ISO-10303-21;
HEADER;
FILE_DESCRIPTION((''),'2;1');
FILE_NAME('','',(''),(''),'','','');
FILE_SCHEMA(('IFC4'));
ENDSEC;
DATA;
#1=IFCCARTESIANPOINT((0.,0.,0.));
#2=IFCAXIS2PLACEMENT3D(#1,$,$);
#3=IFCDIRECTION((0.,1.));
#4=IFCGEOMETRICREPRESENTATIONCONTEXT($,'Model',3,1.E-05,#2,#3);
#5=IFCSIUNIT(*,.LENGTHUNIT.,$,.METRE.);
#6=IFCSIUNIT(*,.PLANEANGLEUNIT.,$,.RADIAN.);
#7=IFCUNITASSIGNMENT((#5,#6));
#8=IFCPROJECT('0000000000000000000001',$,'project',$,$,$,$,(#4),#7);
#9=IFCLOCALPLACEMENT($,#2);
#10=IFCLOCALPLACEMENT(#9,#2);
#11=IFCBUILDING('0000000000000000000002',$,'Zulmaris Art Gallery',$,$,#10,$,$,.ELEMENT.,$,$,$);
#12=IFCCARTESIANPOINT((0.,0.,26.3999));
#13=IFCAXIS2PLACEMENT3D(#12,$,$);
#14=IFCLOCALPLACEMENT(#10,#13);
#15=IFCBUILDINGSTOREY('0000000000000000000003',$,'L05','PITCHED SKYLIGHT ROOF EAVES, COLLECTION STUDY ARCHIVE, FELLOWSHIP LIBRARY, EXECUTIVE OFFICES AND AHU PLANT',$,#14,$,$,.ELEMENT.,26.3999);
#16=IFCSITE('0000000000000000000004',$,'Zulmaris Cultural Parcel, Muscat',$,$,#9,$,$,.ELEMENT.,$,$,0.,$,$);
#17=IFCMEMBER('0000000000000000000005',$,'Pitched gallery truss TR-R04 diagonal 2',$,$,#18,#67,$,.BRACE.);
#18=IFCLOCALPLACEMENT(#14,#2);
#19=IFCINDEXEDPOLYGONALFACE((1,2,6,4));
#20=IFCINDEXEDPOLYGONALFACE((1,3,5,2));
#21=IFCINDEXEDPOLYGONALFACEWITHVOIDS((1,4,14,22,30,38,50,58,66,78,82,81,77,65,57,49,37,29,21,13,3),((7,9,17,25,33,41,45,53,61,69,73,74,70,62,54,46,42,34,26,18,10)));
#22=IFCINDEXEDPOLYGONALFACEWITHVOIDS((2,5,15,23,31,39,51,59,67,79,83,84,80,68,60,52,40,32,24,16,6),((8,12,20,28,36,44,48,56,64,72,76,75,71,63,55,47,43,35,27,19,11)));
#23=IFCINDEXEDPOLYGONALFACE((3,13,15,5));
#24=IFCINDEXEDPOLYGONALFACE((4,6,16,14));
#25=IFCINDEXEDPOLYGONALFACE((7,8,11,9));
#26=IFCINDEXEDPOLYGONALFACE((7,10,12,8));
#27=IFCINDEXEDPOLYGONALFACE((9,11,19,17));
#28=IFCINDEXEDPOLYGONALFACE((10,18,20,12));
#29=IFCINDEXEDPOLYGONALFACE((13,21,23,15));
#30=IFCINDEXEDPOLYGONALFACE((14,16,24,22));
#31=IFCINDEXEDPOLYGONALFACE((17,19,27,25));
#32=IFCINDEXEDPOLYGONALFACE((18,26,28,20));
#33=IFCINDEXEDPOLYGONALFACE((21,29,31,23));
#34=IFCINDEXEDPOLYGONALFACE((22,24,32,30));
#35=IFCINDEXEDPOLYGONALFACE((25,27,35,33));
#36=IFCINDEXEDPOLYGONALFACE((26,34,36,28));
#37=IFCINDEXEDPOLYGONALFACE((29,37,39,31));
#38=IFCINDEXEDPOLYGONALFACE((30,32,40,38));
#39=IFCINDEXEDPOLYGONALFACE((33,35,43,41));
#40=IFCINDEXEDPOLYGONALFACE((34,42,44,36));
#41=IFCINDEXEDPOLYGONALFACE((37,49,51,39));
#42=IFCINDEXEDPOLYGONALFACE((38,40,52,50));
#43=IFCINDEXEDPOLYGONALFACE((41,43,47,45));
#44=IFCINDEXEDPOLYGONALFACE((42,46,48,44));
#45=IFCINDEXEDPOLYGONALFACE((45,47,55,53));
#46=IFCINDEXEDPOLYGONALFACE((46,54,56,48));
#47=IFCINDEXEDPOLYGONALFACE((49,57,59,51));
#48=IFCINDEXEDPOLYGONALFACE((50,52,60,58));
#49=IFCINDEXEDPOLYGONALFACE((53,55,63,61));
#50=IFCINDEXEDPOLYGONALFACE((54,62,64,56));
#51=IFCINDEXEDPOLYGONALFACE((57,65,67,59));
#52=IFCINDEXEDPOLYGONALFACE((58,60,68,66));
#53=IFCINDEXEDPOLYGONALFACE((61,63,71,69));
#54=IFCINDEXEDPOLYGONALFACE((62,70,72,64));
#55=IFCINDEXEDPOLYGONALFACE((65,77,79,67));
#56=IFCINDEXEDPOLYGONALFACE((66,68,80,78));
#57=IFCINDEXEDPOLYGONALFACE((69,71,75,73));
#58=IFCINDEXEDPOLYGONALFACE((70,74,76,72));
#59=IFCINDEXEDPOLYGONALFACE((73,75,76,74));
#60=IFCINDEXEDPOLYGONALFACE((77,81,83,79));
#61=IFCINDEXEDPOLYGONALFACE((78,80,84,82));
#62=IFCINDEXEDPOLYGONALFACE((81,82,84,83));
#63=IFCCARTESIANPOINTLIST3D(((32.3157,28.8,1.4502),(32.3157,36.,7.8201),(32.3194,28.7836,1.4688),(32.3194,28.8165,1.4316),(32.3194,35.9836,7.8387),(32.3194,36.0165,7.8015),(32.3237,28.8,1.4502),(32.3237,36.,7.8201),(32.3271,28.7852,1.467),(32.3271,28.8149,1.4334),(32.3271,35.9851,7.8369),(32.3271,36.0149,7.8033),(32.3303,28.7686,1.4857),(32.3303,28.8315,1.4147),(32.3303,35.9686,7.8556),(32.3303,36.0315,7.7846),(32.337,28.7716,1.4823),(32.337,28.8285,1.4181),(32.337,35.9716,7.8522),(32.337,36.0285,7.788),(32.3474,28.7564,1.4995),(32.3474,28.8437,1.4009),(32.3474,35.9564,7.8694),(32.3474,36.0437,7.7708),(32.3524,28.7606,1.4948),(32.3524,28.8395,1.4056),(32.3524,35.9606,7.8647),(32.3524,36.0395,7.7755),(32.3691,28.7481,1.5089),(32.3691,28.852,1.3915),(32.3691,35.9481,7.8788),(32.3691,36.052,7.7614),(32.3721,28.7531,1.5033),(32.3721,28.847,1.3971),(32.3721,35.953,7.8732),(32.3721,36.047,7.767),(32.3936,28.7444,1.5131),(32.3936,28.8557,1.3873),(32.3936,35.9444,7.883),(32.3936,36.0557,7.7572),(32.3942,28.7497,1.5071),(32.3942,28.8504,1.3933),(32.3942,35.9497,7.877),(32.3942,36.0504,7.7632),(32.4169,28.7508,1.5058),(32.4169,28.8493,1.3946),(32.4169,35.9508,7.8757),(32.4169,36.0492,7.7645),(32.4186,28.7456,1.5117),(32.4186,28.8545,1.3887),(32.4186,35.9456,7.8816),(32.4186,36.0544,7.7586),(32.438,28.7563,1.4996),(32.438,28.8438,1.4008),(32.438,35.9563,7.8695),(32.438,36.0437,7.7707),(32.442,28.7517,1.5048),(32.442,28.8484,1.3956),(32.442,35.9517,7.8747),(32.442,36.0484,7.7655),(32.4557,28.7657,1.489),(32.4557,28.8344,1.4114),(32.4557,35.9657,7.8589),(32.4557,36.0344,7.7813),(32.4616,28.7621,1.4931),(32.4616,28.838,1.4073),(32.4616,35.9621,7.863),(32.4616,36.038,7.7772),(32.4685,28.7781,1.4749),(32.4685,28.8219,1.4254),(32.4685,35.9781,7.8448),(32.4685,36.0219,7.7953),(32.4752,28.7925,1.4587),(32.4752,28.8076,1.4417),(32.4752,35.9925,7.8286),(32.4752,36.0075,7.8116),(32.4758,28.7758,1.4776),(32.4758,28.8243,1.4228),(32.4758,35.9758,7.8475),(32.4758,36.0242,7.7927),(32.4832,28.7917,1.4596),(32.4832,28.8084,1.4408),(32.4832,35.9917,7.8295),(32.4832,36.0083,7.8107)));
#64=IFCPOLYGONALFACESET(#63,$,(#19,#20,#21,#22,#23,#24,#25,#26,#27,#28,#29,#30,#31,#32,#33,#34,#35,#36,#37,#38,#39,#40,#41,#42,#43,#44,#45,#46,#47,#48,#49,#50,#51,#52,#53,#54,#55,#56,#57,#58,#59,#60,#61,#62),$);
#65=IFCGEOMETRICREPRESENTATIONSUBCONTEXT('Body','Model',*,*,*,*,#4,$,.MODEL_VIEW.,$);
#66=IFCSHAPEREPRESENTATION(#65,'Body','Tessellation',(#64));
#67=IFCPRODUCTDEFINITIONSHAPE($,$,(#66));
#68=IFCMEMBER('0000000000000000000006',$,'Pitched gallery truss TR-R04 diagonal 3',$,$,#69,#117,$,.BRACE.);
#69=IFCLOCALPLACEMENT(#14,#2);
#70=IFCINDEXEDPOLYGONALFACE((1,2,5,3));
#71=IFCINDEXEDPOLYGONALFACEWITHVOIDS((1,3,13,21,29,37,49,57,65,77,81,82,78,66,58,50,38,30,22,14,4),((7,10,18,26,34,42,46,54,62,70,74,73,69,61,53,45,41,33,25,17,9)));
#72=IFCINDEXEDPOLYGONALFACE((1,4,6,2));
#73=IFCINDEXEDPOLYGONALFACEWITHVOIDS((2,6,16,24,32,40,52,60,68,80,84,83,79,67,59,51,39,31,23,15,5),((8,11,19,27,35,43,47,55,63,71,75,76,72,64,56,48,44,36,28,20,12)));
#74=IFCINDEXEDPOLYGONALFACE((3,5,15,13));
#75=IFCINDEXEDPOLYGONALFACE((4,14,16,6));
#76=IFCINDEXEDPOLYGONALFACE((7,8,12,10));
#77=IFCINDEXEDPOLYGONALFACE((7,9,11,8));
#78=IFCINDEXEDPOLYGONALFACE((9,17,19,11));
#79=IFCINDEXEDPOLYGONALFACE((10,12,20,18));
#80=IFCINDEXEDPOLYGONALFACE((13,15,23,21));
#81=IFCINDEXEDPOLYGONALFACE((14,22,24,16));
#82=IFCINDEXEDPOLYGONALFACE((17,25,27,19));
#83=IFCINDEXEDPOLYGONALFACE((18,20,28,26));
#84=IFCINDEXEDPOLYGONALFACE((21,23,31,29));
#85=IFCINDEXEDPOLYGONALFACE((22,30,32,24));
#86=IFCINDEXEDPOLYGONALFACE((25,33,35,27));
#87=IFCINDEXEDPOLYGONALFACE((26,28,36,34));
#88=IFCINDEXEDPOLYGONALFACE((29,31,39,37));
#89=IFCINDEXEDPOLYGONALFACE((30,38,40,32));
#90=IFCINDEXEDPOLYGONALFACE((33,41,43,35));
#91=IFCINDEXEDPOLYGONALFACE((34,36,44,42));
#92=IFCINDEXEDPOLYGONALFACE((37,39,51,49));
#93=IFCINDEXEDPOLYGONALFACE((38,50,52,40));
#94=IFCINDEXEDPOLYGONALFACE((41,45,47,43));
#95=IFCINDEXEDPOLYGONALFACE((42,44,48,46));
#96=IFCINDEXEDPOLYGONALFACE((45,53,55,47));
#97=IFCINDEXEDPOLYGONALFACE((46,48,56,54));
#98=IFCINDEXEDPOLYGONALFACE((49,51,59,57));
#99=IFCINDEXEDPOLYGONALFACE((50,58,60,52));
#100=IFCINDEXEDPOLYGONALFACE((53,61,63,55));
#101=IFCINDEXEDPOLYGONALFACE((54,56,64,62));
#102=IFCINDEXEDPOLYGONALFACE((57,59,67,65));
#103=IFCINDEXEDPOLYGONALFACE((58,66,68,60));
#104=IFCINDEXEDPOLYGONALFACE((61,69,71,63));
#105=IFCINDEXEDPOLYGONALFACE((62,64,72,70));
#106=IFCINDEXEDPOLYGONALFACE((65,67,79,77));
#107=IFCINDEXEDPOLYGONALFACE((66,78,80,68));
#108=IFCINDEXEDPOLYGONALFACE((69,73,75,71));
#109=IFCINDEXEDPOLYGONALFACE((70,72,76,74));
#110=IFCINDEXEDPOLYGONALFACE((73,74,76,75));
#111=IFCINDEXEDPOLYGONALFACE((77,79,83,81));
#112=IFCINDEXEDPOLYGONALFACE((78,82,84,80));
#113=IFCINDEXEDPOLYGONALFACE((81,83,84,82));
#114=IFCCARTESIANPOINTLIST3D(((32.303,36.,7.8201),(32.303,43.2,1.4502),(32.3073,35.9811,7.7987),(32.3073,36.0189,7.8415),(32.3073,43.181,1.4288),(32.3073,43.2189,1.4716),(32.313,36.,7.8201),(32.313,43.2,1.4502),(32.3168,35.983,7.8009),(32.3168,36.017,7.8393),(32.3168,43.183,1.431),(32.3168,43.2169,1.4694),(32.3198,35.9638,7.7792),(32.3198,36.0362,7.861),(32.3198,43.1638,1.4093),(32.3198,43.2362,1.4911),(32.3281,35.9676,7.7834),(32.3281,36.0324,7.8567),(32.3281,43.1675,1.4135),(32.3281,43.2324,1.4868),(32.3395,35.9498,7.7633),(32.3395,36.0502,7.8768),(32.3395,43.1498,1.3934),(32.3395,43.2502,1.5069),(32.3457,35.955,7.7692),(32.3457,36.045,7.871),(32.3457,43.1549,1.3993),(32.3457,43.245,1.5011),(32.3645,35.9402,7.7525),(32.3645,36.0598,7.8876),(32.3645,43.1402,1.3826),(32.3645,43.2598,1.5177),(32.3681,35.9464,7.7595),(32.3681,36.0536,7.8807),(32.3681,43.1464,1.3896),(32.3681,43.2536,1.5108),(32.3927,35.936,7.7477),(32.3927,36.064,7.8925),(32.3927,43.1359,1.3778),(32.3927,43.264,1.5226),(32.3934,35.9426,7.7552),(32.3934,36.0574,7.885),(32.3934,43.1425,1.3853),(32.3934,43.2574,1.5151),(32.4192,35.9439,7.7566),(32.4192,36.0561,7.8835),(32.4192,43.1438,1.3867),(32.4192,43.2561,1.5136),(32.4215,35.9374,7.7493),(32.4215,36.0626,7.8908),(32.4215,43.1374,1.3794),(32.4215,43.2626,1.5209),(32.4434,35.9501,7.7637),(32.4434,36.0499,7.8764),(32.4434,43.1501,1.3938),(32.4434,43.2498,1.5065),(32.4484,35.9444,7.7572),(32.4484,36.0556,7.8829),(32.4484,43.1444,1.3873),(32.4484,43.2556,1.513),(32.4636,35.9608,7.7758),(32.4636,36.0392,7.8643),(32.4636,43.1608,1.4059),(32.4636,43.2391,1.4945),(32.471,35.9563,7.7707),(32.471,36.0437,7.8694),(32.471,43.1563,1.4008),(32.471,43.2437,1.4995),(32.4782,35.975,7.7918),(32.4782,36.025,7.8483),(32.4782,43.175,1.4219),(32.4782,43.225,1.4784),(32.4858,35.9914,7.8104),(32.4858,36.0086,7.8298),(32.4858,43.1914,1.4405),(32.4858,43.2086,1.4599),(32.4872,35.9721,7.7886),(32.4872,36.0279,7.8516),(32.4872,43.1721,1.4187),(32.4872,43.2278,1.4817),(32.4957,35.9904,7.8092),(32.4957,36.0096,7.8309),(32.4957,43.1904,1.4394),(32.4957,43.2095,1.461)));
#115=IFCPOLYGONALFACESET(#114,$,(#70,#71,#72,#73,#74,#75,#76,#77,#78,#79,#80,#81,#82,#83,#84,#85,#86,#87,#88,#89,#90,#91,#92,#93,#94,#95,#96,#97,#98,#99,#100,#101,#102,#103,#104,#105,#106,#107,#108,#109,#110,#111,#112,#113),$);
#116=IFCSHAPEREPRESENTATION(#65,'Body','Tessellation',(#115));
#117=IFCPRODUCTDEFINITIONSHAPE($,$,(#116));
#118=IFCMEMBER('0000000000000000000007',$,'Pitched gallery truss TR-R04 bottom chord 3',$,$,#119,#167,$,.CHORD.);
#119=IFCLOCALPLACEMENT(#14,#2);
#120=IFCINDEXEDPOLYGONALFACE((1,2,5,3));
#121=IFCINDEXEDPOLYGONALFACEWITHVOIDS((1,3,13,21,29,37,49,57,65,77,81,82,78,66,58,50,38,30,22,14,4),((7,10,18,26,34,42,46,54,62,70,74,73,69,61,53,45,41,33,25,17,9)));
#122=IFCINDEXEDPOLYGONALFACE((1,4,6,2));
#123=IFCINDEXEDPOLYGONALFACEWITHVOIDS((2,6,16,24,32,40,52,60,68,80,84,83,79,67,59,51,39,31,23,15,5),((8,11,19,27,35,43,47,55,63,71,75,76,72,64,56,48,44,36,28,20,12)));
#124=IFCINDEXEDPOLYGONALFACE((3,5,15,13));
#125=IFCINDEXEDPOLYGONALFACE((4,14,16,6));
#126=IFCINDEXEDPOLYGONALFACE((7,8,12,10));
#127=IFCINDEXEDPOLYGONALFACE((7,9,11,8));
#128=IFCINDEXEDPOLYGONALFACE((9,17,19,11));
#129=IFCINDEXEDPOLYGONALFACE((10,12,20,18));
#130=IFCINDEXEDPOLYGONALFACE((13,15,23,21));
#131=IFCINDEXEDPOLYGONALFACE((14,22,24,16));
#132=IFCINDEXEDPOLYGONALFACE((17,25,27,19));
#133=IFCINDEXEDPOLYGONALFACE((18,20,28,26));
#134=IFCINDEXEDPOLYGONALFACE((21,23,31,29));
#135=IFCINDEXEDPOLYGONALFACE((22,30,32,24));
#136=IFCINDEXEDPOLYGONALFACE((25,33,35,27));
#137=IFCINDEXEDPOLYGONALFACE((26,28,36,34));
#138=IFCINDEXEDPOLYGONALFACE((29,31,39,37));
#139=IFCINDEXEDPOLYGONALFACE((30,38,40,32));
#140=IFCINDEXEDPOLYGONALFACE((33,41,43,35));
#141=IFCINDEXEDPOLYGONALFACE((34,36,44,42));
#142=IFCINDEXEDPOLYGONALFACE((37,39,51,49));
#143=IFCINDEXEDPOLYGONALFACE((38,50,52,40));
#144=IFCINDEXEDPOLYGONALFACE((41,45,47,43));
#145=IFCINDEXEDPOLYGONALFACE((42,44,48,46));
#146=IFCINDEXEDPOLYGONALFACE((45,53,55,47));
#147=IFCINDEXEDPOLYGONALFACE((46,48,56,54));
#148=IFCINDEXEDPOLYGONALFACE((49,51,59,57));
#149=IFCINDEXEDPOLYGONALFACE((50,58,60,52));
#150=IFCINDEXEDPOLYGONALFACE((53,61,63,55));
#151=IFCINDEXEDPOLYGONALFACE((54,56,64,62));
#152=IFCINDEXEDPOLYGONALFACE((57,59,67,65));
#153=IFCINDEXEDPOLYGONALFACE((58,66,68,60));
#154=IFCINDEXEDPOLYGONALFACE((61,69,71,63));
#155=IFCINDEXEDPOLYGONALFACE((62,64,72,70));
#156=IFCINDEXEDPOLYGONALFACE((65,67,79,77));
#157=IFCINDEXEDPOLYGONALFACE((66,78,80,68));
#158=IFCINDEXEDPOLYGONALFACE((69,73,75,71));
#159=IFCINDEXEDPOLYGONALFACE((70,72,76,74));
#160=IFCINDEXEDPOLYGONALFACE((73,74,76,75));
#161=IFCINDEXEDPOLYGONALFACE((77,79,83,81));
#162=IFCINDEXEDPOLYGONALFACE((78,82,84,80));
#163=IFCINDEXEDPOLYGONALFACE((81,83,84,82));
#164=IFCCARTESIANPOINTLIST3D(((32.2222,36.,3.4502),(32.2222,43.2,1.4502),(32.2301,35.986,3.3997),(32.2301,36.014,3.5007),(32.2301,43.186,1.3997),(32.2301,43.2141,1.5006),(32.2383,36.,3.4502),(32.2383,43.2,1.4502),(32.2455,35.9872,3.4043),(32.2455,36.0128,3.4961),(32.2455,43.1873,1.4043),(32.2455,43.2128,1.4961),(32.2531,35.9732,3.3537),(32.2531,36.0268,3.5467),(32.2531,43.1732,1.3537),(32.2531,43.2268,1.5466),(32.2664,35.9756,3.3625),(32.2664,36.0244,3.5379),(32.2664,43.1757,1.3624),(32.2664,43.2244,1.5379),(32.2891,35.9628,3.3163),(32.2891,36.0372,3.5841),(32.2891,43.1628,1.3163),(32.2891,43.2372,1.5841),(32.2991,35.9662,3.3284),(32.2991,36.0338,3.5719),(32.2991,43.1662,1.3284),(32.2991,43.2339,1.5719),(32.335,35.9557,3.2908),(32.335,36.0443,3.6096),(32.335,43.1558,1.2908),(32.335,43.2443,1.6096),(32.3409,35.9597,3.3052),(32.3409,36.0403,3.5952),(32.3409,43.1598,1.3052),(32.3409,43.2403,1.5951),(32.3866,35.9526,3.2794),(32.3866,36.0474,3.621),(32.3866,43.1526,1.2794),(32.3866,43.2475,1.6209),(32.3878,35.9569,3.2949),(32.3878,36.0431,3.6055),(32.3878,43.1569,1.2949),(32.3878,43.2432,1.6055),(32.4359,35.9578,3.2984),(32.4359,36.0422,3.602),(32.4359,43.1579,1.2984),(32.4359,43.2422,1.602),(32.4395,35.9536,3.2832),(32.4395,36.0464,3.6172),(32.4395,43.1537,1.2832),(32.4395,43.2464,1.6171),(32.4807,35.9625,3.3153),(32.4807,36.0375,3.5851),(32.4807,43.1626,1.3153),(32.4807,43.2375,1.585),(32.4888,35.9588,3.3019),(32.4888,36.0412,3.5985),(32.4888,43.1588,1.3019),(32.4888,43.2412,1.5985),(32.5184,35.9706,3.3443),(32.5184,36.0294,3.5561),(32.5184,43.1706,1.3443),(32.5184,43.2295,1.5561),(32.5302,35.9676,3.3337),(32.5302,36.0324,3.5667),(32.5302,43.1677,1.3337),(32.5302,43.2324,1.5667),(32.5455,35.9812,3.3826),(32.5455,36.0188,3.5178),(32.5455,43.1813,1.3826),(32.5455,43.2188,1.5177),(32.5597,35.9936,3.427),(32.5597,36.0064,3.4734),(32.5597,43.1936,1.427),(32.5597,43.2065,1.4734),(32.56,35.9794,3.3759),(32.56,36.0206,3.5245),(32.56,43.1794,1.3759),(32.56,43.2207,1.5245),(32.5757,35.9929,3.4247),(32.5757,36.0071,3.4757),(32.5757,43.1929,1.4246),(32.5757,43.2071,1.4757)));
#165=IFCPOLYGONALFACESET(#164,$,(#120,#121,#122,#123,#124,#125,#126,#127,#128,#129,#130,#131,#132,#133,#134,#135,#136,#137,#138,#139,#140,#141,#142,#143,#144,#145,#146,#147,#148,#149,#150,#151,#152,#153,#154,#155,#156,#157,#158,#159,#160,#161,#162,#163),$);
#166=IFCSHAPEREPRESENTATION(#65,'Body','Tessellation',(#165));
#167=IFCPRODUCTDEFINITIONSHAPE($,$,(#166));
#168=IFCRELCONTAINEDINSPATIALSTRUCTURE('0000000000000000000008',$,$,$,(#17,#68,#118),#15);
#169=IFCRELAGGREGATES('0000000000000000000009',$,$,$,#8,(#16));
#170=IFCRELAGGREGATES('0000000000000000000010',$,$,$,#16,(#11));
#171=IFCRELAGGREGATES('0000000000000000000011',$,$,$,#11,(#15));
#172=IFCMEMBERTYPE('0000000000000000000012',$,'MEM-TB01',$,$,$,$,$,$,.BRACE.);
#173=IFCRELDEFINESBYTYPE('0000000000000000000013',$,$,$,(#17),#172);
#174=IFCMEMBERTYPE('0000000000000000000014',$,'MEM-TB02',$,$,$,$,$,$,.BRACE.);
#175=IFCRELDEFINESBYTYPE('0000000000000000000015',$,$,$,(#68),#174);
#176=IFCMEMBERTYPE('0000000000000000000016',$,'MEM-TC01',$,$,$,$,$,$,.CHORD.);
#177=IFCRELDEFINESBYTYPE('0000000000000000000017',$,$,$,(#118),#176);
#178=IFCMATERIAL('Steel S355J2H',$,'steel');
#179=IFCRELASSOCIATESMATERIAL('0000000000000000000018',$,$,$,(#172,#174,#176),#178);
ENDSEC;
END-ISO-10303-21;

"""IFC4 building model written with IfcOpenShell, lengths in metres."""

from ifc_helpers import new_model, si_unit, direction, frame, origin, origin_2d, place, context, subcontext, project, spatial, hollow_circle, extrude, material, material_profile, profile_set, type_object, element, save


model = new_model("IFC4")

# Units and contexts
model_context = context("Model", 3, precision=1e-05, world=origin(), true_north=direction((0.0, 1.0)))
body_context = subcontext(model_context, "Body", "Model", "MODEL_VIEW")
ifc_project = project(units=[si_unit("LENGTHUNIT", "METRE"), si_unit("PLANEANGLEUNIT", "RADIAN")], contexts=[model_context])

# Site, building, storey
site_placement = place(None, origin())
site = spatial("IfcSite", under=ifc_project, at=site_placement, Name="Zulmaris Cultural Parcel, Muscat", CompositionType="ELEMENT", RefElevation=0.0)
building_placement = place(site_placement, origin())
building = spatial("IfcBuilding", under=site, at=building_placement, Name="Zulmaris Art Gallery", CompositionType="ELEMENT")
storey_placement = place(building_placement, frame((0.0, 0.0, 26.3999)))
storey = spatial("IfcBuildingStorey", under=building, at=storey_placement, Name="L05", Description="PITCHED SKYLIGHT ROOF EAVES, COLLECTION STUDY ARCHIVE, FELLOWSHIP LIBRARY, EXECUTIVE OFFICES AND AHU PLANT", CompositionType="ELEMENT", Elevation=26.3999)

# Members
ifc_material_1 = material(Name="Steel S355J2H", Category="steel")
ifc_material_profile_1 = material_profile(ifc_material_1, hollow_circle(Radius=0.0842, WallThickness=0.0081, at=origin_2d()), Name="CHS 168.3x8")
ifc_profile_set_1 = profile_set([ifc_material_profile_1], Name="Steel S355J2H")
member_type_1 = type_object("IfcMemberType", Name="MEM-TB01", PredefinedType="BRACE", material=ifc_profile_set_1)
member_1_placement = place(storey_placement, frame((32.3999, 28.8, 1.4502), z_axis=(0.0, 0.748961, 0.662614), x_axis=(-1.0, 0.0, 0.0)))
element("IfcMember", 1, at=member_1_placement, inside=storey, type_object=member_type_1, Name="Pitched gallery truss TR-R04 diagonal 2", PredefinedType="BRACE", context=body_context, shape_type="SweptSolid", body=[
    extrude(hollow_circle(Radius=0.0842, WallThickness=0.0081, at=origin_2d()), origin(), (0.0, 0.0, 1.0), 9.6133),
])
ifc_material_profile_2 = material_profile(ifc_material_1, hollow_circle(Radius=0.0969, WallThickness=0.01, at=origin_2d()), Name="CHS 193.7x10")
ifc_profile_set_2 = profile_set([ifc_material_profile_2], Name="Steel S355J2H")
member_type_2 = type_object("IfcMemberType", Name="MEM-TB02", PredefinedType="BRACE", material=ifc_profile_set_2)
member_2_placement = place(storey_placement, frame((32.3999, 36.0, 7.8201), z_axis=(0.0, 0.748961, -0.662614), x_axis=(-1.0, 0.0, 0.0)))
element("IfcMember", 2, at=member_2_placement, inside=storey, type_object=member_type_2, Name="Pitched gallery truss TR-R04 diagonal 3", PredefinedType="BRACE", context=body_context, shape_type="SweptSolid", body=[
    extrude(hollow_circle(Radius=0.0969, WallThickness=0.01, at=origin_2d()), origin(), (0.0, 0.0, 1.0), 9.6133),
])
ifc_material_profile_3 = material_profile(ifc_material_1, hollow_circle(Radius=0.1777, WallThickness=0.0161, at=origin_2d()), Name="CHS 355.6x16")
ifc_profile_set_3 = profile_set([ifc_material_profile_3], Name="Steel S355J2H")
member_type_3 = type_object("IfcMemberType", Name="MEM-TC01", PredefinedType="CHORD", material=ifc_profile_set_3)
member_3_placement = place(storey_placement, frame((32.3999, 36.0, 3.4502), z_axis=(0.0, 0.963517, -0.267646), x_axis=(-1.0, 0.0, 0.0)))
element("IfcMember", 3, at=member_3_placement, inside=storey, type_object=member_type_3, Name="Pitched gallery truss TR-R04 bottom chord 3", PredefinedType="CHORD", context=body_context, shape_type="SweptSolid", body=[
    extrude(hollow_circle(Radius=0.1777, WallThickness=0.0161, at=origin_2d()), origin(), (0.0, 0.0, 1.0), 7.4727),
])

save(model, "model.ifc")
